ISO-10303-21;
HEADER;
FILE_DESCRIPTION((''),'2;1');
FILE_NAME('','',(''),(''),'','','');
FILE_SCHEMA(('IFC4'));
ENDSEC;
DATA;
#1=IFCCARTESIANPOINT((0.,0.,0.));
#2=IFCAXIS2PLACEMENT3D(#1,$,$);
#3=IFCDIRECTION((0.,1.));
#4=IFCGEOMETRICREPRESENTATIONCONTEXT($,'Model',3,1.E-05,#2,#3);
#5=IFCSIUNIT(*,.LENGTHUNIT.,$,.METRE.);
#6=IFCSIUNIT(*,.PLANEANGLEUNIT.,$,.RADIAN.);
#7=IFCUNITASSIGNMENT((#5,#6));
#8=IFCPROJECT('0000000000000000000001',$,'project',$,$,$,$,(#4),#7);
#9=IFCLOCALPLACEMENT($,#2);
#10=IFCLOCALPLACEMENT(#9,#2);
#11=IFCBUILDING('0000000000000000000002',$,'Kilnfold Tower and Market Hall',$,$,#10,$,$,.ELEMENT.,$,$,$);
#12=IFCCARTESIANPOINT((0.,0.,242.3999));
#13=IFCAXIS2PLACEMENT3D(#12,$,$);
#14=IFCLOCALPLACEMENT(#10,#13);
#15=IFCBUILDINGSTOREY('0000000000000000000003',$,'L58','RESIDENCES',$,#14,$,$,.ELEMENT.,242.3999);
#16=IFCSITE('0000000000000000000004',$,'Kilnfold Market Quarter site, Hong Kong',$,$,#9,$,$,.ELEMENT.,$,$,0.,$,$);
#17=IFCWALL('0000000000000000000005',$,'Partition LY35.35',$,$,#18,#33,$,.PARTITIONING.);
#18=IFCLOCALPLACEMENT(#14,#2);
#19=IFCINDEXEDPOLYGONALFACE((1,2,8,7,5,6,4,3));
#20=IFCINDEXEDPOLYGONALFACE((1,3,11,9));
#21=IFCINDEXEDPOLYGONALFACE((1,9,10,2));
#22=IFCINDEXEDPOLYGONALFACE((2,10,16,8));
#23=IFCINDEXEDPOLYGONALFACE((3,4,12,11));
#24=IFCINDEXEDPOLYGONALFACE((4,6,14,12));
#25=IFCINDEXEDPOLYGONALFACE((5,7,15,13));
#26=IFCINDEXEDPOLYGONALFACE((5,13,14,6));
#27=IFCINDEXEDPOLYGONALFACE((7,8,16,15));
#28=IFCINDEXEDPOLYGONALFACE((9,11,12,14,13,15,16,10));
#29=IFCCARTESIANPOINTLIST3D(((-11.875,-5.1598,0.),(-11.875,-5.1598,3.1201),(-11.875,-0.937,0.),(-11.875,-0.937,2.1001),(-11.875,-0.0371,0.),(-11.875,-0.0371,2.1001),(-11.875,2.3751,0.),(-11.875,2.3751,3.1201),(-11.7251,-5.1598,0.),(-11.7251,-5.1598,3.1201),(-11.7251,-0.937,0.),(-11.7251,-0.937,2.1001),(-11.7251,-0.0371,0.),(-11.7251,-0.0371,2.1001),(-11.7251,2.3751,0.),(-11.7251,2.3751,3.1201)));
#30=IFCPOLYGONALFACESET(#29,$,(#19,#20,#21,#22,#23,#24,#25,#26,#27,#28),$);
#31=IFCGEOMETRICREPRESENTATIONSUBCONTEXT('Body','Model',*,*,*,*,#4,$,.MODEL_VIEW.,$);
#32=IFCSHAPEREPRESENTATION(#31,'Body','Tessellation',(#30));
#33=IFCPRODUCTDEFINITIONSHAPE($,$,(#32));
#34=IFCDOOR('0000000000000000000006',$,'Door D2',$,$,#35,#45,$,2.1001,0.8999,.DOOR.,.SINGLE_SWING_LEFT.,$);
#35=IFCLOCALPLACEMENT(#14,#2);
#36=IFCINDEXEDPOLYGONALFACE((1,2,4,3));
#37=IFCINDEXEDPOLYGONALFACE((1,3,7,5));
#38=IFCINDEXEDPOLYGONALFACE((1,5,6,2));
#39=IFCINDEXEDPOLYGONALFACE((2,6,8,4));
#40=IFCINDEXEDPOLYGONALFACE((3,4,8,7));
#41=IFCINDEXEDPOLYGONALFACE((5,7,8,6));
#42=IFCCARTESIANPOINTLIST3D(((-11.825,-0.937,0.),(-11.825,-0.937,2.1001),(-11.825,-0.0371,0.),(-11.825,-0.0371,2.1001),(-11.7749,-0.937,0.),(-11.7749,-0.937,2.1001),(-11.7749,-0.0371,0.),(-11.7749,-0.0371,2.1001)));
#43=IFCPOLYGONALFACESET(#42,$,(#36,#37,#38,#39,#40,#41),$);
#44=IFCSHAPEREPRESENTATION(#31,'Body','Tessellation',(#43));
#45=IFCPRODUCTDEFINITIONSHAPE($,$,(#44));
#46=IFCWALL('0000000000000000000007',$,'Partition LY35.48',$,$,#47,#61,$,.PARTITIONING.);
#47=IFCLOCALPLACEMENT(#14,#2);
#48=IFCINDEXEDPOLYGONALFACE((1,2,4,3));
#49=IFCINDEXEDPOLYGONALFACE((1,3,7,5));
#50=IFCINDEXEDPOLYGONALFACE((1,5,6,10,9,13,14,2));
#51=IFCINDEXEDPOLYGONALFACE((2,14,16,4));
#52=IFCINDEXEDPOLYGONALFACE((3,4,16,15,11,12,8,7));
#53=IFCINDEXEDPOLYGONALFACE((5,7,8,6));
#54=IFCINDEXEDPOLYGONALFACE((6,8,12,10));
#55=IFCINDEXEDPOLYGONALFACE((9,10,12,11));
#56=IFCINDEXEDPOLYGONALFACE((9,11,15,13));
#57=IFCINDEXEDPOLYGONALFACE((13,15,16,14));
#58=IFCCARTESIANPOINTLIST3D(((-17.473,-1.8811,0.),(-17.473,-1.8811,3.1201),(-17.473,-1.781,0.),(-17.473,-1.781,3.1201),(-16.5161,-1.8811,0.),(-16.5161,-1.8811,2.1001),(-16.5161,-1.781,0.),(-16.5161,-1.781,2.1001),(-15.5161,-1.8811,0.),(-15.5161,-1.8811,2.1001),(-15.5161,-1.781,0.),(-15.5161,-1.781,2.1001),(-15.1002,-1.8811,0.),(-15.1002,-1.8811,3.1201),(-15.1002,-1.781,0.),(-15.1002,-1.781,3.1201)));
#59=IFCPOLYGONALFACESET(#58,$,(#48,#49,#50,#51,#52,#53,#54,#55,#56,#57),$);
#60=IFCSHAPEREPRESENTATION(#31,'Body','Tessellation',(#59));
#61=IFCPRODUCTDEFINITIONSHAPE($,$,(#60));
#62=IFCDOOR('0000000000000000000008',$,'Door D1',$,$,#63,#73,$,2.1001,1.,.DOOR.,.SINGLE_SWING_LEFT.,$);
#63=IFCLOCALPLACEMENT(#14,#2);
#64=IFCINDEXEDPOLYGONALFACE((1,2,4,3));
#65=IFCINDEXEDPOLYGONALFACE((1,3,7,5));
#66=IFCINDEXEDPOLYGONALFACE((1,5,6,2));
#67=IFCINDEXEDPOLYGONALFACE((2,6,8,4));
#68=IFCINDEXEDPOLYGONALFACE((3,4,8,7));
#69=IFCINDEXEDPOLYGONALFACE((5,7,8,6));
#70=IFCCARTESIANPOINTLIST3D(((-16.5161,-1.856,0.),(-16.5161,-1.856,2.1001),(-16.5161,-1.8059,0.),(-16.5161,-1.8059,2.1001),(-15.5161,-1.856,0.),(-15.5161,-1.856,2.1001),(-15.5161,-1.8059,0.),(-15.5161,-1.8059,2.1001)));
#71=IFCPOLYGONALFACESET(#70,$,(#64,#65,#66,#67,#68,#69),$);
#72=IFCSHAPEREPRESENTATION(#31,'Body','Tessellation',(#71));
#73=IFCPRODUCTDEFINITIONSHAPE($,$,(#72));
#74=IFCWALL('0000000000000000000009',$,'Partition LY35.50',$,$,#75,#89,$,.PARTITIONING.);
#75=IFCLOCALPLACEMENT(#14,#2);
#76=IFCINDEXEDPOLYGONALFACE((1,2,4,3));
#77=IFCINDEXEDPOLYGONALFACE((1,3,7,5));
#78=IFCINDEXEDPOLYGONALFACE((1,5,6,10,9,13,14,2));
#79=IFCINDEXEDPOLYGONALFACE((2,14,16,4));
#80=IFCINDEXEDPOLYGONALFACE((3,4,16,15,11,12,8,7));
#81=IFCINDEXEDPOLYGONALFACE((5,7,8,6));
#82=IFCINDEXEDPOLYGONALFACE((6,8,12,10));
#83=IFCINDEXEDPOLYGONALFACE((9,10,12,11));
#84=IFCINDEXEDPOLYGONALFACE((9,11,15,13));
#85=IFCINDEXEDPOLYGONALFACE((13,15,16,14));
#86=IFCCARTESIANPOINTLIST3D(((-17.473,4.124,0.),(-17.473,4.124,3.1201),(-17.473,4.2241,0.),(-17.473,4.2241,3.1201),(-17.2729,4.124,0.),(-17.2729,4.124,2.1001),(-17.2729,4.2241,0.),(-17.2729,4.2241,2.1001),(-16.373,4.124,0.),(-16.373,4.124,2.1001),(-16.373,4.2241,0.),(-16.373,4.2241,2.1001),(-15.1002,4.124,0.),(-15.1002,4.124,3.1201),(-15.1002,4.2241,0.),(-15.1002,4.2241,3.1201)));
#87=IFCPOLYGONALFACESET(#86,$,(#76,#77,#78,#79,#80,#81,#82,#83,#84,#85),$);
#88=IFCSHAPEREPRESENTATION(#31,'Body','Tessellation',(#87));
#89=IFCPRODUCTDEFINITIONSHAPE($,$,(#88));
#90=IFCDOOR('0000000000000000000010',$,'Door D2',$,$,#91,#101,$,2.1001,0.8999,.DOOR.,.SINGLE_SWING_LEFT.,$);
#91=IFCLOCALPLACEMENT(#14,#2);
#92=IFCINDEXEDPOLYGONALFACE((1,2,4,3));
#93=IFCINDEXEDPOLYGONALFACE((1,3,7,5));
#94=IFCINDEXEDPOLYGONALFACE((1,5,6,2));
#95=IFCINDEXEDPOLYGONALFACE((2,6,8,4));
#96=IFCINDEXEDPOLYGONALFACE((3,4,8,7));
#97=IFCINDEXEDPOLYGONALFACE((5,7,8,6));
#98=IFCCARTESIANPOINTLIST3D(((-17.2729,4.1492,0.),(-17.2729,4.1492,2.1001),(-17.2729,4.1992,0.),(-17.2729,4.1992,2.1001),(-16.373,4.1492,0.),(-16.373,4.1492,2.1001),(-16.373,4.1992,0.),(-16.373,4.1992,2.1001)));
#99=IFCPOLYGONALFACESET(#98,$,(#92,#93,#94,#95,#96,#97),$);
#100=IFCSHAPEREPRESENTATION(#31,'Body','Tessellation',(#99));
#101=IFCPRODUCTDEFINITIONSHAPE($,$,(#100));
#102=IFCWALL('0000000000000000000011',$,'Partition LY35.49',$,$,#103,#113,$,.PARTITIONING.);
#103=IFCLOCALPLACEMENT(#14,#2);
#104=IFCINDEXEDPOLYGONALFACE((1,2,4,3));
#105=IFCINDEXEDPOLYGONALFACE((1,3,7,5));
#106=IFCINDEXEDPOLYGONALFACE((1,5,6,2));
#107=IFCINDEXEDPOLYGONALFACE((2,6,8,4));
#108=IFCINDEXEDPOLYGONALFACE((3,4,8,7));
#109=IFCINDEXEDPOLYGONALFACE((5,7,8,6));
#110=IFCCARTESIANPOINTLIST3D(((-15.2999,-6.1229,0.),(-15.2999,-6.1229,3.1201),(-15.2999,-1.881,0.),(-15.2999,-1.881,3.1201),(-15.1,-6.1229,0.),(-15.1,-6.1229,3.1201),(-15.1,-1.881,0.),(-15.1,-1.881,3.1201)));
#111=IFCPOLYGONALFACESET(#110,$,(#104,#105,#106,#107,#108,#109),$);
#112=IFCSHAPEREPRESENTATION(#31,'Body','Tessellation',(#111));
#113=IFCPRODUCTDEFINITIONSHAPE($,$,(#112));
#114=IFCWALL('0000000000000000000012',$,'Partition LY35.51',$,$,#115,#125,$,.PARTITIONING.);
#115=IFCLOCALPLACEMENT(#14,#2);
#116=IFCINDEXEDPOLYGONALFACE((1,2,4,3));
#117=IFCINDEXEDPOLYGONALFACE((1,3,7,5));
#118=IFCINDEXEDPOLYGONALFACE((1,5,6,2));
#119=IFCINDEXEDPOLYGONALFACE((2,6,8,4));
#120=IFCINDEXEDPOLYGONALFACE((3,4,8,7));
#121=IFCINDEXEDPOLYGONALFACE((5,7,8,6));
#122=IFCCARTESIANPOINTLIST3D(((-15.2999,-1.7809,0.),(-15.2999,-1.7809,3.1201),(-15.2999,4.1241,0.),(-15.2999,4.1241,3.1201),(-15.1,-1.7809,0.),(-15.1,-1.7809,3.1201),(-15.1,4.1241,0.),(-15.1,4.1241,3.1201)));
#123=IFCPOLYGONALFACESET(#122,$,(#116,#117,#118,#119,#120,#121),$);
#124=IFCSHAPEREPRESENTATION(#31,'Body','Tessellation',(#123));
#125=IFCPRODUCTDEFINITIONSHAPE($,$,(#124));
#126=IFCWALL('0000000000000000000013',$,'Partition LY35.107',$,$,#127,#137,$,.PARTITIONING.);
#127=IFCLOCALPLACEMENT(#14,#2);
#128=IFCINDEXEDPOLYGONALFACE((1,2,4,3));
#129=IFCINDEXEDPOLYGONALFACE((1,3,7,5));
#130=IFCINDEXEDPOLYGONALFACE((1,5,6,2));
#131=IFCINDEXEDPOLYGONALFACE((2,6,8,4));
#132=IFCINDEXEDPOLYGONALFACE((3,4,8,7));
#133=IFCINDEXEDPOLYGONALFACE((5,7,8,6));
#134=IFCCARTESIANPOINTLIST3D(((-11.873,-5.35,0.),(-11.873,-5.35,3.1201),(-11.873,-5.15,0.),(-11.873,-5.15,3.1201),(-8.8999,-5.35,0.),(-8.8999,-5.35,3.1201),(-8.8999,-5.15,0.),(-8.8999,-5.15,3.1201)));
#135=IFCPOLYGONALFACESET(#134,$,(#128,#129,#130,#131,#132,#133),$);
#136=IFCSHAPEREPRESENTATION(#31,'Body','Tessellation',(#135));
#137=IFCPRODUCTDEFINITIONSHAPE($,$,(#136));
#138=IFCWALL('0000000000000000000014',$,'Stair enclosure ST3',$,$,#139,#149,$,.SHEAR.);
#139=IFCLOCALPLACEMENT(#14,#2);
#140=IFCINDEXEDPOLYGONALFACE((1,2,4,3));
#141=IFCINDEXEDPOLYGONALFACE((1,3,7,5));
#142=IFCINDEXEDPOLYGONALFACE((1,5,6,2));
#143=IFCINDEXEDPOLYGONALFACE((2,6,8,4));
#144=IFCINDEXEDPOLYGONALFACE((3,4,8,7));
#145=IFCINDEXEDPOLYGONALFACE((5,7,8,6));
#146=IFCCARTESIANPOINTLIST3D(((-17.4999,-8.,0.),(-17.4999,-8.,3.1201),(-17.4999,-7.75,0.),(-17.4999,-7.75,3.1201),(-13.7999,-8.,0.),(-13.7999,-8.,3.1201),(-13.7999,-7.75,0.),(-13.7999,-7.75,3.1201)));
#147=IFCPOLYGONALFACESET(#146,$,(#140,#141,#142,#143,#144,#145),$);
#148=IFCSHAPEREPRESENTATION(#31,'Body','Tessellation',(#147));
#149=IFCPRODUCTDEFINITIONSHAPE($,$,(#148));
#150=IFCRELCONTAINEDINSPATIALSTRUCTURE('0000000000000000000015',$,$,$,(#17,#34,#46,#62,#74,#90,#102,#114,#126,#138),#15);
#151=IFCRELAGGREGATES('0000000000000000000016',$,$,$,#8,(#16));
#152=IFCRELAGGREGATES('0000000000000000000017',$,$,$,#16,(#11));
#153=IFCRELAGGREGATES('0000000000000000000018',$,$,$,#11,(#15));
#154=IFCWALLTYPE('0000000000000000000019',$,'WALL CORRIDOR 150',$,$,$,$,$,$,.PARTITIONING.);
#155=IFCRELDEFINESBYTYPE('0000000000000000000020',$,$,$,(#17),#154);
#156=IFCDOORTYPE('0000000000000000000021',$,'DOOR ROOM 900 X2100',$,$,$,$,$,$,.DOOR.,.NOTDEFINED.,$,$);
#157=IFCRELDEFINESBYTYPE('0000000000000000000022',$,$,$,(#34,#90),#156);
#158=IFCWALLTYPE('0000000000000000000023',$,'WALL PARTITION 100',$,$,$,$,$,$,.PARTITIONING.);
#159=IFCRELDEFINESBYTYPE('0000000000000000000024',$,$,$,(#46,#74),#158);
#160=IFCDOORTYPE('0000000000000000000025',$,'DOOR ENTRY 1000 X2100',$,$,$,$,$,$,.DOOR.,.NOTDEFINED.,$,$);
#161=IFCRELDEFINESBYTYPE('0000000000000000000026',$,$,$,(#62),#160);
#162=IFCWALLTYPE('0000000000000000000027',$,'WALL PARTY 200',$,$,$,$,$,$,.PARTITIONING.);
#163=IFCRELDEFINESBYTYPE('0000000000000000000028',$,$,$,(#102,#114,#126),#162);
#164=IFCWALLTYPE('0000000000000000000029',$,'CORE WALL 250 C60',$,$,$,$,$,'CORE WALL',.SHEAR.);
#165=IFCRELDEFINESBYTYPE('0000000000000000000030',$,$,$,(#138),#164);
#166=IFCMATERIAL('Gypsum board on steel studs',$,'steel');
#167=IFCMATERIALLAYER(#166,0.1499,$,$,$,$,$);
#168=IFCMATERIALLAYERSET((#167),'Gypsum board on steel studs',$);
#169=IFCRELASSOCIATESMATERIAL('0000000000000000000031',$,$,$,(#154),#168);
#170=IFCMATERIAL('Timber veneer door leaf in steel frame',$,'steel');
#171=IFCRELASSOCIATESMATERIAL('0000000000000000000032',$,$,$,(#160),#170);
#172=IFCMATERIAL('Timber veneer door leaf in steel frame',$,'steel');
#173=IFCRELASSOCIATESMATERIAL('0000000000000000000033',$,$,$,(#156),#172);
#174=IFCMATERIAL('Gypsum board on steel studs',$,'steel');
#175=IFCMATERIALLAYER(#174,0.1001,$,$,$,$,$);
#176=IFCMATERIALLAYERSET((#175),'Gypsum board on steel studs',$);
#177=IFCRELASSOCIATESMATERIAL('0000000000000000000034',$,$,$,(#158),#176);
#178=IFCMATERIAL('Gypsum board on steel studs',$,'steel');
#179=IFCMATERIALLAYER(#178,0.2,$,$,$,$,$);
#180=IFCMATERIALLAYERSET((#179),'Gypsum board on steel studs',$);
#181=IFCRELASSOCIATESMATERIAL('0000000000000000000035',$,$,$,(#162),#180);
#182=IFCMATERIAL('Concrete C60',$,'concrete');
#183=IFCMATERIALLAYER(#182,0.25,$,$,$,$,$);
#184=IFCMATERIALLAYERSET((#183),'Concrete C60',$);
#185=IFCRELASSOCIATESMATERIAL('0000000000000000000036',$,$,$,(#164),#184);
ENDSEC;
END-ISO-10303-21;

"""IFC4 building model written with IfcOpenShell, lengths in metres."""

from ifc_helpers import new_model, si_unit, direction, frame, frame_2d, origin, place, context, subcontext, project, spatial, rectangle, extrude, source, transform, mapped, material, layer, layer_set, type_object, element, fill, save


model = new_model("IFC4")

# Units and contexts
model_context = context("Model", 3, precision=1e-05, world=origin(), true_north=direction((0.0, 1.0)))
body_context = subcontext(model_context, "Body", "Model", "MODEL_VIEW")
ifc_project = project(units=[si_unit("LENGTHUNIT", "METRE"), si_unit("PLANEANGLEUNIT", "RADIAN")], contexts=[model_context])

# Site, building, storey
site_placement = place(None, origin())
site = spatial("IfcSite", under=ifc_project, at=site_placement, Name="Kilnfold Market Quarter site, Hong Kong", CompositionType="ELEMENT", RefElevation=0.0)
building_placement = place(site_placement, origin())
building = spatial("IfcBuilding", under=site, at=building_placement, Name="Kilnfold Tower and Market Hall", CompositionType="ELEMENT")
storey_placement = place(building_placement, frame((0.0, 0.0, 242.3999)))
storey = spatial("IfcBuildingStorey", under=building, at=storey_placement, Name="L58", Description="RESIDENCES", CompositionType="ELEMENT", Elevation=242.3999)

# Shared definitions
ifc_material_1 = material(Name="Gypsum board on steel studs", Category="steel")
ifc_layer_1 = layer(ifc_material_1, 0.1499)
ifc_layer_set_1 = layer_set([ifc_layer_1], Name="Gypsum board on steel studs")
wall_type_1 = type_object("IfcWallType", Name="WALL CORRIDOR 150", PredefinedType="PARTITIONING", material=ifc_layer_set_1)
ifc_material_2 = material(Name="Timber veneer door leaf in steel frame", Category="steel")
door_type_1 = type_object("IfcDoorType", Name="DOOR ENTRY 1000 X2100", OperationType="NOTDEFINED", PredefinedType="DOOR", material=ifc_material_2)

# Walls, openings, doors
wall_1_placement = place(storey_placement, frame((-11.8, -5.1599, 0.0), z_axis=(0.0, 0.0, 1.0), x_axis=(0.0, 1.0, 0.0)))
wall_1 = element("IfcWall", 1, at=wall_1_placement, inside=storey, type_object=wall_type_1, Name="Partition LY35.35", PredefinedType="PARTITIONING", context=body_context, shape_type="SweptSolid", body=[
    extrude(rectangle(XDim=7.5349, YDim=0.1499, at=frame_2d((3.7676, 0.0))), origin(), (0.0, 0.0, 1.0), 3.1201),
])
opening_1_placement = place(wall_1_placement, frame((4.2229, 0.0, 0.0)))
opening_1 = element("IfcOpeningElement", 2, at=opening_1_placement, cuts=wall_1, PredefinedType="OPENING", context=body_context, shape_type="SweptSolid", body=[
    extrude(rectangle(XDim=0.8999, YDim=2.1001, at=frame_2d((0.45, 1.05))), frame((0.0, 0.085, 0.0), z_axis=(0.0, -1.0, 0.0), x_axis=(1.0, 0.0, 0.0)), (0.0, 0.0, 1.0), 0.1699),
])
ifc_material_3 = material(Name="Timber veneer door leaf in steel frame", Category="steel")
door_type_2 = type_object("IfcDoorType", Name="DOOR ROOM 900 X2100", OperationType="NOTDEFINED", PredefinedType="DOOR", material=ifc_material_3)
door_1_placement = place(opening_1_placement, origin())
door_1 = element("IfcDoor", 3, at=door_1_placement, inside=storey, type_object=door_type_2, Name="Door D2", OperationType="SINGLE_SWING_LEFT", OverallHeight=2.1001, OverallWidth=0.8999, PredefinedType="DOOR", context=body_context, shape_type="SweptSolid", body=[
    extrude(rectangle(XDim=0.8999, YDim=2.1001, at=frame_2d((0.45, 1.05))), frame((0.0, 0.0249, 0.0), z_axis=(0.0, -1.0, 0.0), x_axis=(1.0, 0.0, 0.0)), (0.0, 0.0, 1.0), 0.05),
])
fill(opening_1, door_1)
ifc_material_4 = material(Name="Gypsum board on steel studs", Category="steel")
ifc_layer_2 = layer(ifc_material_4, 0.1001)
ifc_layer_set_2 = layer_set([ifc_layer_2], Name="Gypsum board on steel studs")
wall_type_2 = type_object("IfcWallType", Name="WALL PARTITION 100", PredefinedType="PARTITIONING", material=ifc_layer_set_2)
wall_2_placement = place(storey_placement, frame((-15.1001, -1.8311, 0.0), z_axis=(0.0, 0.0, 1.0), x_axis=(-1.0, 0.0, 0.0)))
wall_2 = element("IfcWall", 4, at=wall_2_placement, inside=storey, type_object=wall_type_2, Name="Partition LY35.48", PredefinedType="PARTITIONING", context=body_context, shape_type="SweptSolid", body=[
    extrude(rectangle(XDim=2.3728, YDim=0.1001, at=frame_2d((1.1865, 0.0))), origin(), (0.0, 0.0, 1.0), 3.1201),
])
opening_2_placement = place(wall_2_placement, frame((0.416, 0.0, 0.0)))
opening_2 = element("IfcOpeningElement", 5, at=opening_2_placement, cuts=wall_2, PredefinedType="OPENING", context=body_context, shape_type="SweptSolid", body=[
    extrude(rectangle(XDim=1.0, YDim=2.1001, at=frame_2d((0.5, 1.05))), frame((0.0, 0.0601, 0.0), z_axis=(0.0, -1.0, 0.0), x_axis=(1.0, 0.0, 0.0)), (0.0, 0.0, 1.0), 0.1201),
])
door_2_placement = place(opening_2_placement, origin())
door_2 = element("IfcDoor", 6, at=door_2_placement, inside=storey, type_object=door_type_1, Name="Door D1", OperationType="SINGLE_SWING_LEFT", OverallHeight=2.1001, OverallWidth=1.0, PredefinedType="DOOR", context=body_context, shape_type="SweptSolid", body=[
    extrude(rectangle(XDim=1.0, YDim=2.1001, at=frame_2d((0.5, 1.05))), frame((0.0, 0.0249, 0.0), z_axis=(0.0, -1.0, 0.0), x_axis=(1.0, 0.0, 0.0)), (0.0, 0.0, 1.0), 0.05),
])
fill(opening_2, door_2)
wall_3_placement = place(storey_placement, frame((-15.1001, 4.1741, 0.0), z_axis=(0.0, 0.0, 1.0), x_axis=(-1.0, 0.0, 0.0)))
wall_3 = element("IfcWall", 7, at=wall_3_placement, inside=storey, type_object=wall_type_2, Name="Partition LY35.50", PredefinedType="PARTITIONING", context=body_context, shape_type="SweptSolid", body=[
    extrude(rectangle(XDim=2.3728, YDim=0.1001, at=frame_2d((1.1865, 0.0))), origin(), (0.0, 0.0, 1.0), 3.1201),
])
opening_3_placement = place(wall_3_placement, frame((1.2729, 0.0, 0.0)))
opening_3 = element("IfcOpeningElement", 8, at=opening_3_placement, cuts=wall_3, PredefinedType="OPENING", context=body_context, shape_type="SweptSolid", body=[
    extrude(rectangle(XDim=0.8999, YDim=2.1001, at=frame_2d((0.45, 1.05))), frame((0.0, 0.0601, 0.0), z_axis=(0.0, -1.0, 0.0), x_axis=(1.0, 0.0, 0.0)), (0.0, 0.0, 1.0), 0.1201),
])
door_3_placement = place(opening_3_placement, origin())
door_3 = element("IfcDoor", 9, at=door_3_placement, inside=storey, type_object=door_type_2, Name="Door D2", OperationType="SINGLE_SWING_LEFT", OverallHeight=2.1001, OverallWidth=0.8999, PredefinedType="DOOR", context=body_context, shape_type="SweptSolid", body=[
    extrude(rectangle(XDim=0.8999, YDim=2.1001, at=frame_2d((0.45, 1.05))), frame((0.0, 0.0249, 0.0), z_axis=(0.0, -1.0, 0.0), x_axis=(1.0, 0.0, 0.0)), (0.0, 0.0, 1.0), 0.05),
])
fill(opening_3, door_3)

# Walls
ifc_material_5 = material(Name="Gypsum board on steel studs", Category="steel")
ifc_layer_3 = layer(ifc_material_5, 0.2)
ifc_layer_set_3 = layer_set([ifc_layer_3], Name="Gypsum board on steel studs")
wall_type_3 = type_object("IfcWallType", Name="WALL PARTY 200", PredefinedType="PARTITIONING", material=ifc_layer_set_3)
wall_4_placement = place(storey_placement, frame((-15.2, -6.123, 0.0), z_axis=(0.0, 0.0, 1.0), x_axis=(0.0, 1.0, 0.0)))
element("IfcWall", 10, at=wall_4_placement, inside=storey, type_object=wall_type_3, Name="Partition LY35.49", PredefinedType="PARTITIONING", context=body_context, shape_type="SweptSolid", body=[
    extrude(rectangle(XDim=4.2419, YDim=0.2, at=frame_2d((2.1211, 0.0))), origin(), (0.0, 0.0, 1.0), 3.1201),
])
wall_5_placement = place(storey_placement, frame((-15.2, -1.781, 0.0), z_axis=(0.0, 0.0, 1.0), x_axis=(0.0, 1.0, 0.0)))
element("IfcWall", 11, at=wall_5_placement, inside=storey, type_object=wall_type_3, Name="Partition LY35.51", PredefinedType="PARTITIONING", context=body_context, shape_type="SweptSolid", body=[
    extrude(rectangle(XDim=5.905, YDim=0.2, at=frame_2d((2.9526, 0.0))), origin(), (0.0, 0.0, 1.0), 3.1201),
])
wall_6_placement = place(storey_placement, frame((-11.873, -5.25, 0.0), z_axis=(0.0, 0.0, 1.0), x_axis=(1.0, 0.0, 0.0)))
element("IfcWall", 12, at=wall_6_placement, inside=storey, type_object=wall_type_3, Name="Partition LY35.107", PredefinedType="PARTITIONING", context=body_context, shape_type="SweptSolid", body=[
    extrude(rectangle(XDim=2.9731, YDim=0.2, at=frame_2d((1.4866, 0.0))), origin(), (0.0, 0.0, 1.0), 3.1201),
])
ifc_material_6 = material(Name="Concrete C60", Category="concrete")
ifc_layer_4 = layer(ifc_material_6, 0.25)
ifc_layer_set_4 = layer_set([ifc_layer_4], Name="Concrete C60")
wall_type_4 = type_object("IfcWallType", Name="CORE WALL 250 C60", ElementType="CORE WALL", PredefinedType="SHEAR", material=ifc_layer_set_4)
shared_shape_1 = source(origin(), body_context, "Body", "SweptSolid", [
    extrude(rectangle(XDim=3.7, YDim=0.25, at=frame_2d((1.8501, 0.0))), origin(), (0.0, 0.0, 1.0), 3.1201),
])
wall_7_placement = place(storey_placement, frame((-17.5, -7.875, 0.0), z_axis=(0.0, 0.0, 1.0), x_axis=(1.0, 0.0, 0.0)))
element("IfcWall", 13, at=wall_7_placement, inside=storey, type_object=wall_type_4, Name="Stair enclosure ST3", PredefinedType="SHEAR", context=body_context, shape_type="MappedRepresentation", body=[
    mapped(shared_shape_1, transform((0.0, 0.0, 0.0))),
])

save(model, "model.ifc")
